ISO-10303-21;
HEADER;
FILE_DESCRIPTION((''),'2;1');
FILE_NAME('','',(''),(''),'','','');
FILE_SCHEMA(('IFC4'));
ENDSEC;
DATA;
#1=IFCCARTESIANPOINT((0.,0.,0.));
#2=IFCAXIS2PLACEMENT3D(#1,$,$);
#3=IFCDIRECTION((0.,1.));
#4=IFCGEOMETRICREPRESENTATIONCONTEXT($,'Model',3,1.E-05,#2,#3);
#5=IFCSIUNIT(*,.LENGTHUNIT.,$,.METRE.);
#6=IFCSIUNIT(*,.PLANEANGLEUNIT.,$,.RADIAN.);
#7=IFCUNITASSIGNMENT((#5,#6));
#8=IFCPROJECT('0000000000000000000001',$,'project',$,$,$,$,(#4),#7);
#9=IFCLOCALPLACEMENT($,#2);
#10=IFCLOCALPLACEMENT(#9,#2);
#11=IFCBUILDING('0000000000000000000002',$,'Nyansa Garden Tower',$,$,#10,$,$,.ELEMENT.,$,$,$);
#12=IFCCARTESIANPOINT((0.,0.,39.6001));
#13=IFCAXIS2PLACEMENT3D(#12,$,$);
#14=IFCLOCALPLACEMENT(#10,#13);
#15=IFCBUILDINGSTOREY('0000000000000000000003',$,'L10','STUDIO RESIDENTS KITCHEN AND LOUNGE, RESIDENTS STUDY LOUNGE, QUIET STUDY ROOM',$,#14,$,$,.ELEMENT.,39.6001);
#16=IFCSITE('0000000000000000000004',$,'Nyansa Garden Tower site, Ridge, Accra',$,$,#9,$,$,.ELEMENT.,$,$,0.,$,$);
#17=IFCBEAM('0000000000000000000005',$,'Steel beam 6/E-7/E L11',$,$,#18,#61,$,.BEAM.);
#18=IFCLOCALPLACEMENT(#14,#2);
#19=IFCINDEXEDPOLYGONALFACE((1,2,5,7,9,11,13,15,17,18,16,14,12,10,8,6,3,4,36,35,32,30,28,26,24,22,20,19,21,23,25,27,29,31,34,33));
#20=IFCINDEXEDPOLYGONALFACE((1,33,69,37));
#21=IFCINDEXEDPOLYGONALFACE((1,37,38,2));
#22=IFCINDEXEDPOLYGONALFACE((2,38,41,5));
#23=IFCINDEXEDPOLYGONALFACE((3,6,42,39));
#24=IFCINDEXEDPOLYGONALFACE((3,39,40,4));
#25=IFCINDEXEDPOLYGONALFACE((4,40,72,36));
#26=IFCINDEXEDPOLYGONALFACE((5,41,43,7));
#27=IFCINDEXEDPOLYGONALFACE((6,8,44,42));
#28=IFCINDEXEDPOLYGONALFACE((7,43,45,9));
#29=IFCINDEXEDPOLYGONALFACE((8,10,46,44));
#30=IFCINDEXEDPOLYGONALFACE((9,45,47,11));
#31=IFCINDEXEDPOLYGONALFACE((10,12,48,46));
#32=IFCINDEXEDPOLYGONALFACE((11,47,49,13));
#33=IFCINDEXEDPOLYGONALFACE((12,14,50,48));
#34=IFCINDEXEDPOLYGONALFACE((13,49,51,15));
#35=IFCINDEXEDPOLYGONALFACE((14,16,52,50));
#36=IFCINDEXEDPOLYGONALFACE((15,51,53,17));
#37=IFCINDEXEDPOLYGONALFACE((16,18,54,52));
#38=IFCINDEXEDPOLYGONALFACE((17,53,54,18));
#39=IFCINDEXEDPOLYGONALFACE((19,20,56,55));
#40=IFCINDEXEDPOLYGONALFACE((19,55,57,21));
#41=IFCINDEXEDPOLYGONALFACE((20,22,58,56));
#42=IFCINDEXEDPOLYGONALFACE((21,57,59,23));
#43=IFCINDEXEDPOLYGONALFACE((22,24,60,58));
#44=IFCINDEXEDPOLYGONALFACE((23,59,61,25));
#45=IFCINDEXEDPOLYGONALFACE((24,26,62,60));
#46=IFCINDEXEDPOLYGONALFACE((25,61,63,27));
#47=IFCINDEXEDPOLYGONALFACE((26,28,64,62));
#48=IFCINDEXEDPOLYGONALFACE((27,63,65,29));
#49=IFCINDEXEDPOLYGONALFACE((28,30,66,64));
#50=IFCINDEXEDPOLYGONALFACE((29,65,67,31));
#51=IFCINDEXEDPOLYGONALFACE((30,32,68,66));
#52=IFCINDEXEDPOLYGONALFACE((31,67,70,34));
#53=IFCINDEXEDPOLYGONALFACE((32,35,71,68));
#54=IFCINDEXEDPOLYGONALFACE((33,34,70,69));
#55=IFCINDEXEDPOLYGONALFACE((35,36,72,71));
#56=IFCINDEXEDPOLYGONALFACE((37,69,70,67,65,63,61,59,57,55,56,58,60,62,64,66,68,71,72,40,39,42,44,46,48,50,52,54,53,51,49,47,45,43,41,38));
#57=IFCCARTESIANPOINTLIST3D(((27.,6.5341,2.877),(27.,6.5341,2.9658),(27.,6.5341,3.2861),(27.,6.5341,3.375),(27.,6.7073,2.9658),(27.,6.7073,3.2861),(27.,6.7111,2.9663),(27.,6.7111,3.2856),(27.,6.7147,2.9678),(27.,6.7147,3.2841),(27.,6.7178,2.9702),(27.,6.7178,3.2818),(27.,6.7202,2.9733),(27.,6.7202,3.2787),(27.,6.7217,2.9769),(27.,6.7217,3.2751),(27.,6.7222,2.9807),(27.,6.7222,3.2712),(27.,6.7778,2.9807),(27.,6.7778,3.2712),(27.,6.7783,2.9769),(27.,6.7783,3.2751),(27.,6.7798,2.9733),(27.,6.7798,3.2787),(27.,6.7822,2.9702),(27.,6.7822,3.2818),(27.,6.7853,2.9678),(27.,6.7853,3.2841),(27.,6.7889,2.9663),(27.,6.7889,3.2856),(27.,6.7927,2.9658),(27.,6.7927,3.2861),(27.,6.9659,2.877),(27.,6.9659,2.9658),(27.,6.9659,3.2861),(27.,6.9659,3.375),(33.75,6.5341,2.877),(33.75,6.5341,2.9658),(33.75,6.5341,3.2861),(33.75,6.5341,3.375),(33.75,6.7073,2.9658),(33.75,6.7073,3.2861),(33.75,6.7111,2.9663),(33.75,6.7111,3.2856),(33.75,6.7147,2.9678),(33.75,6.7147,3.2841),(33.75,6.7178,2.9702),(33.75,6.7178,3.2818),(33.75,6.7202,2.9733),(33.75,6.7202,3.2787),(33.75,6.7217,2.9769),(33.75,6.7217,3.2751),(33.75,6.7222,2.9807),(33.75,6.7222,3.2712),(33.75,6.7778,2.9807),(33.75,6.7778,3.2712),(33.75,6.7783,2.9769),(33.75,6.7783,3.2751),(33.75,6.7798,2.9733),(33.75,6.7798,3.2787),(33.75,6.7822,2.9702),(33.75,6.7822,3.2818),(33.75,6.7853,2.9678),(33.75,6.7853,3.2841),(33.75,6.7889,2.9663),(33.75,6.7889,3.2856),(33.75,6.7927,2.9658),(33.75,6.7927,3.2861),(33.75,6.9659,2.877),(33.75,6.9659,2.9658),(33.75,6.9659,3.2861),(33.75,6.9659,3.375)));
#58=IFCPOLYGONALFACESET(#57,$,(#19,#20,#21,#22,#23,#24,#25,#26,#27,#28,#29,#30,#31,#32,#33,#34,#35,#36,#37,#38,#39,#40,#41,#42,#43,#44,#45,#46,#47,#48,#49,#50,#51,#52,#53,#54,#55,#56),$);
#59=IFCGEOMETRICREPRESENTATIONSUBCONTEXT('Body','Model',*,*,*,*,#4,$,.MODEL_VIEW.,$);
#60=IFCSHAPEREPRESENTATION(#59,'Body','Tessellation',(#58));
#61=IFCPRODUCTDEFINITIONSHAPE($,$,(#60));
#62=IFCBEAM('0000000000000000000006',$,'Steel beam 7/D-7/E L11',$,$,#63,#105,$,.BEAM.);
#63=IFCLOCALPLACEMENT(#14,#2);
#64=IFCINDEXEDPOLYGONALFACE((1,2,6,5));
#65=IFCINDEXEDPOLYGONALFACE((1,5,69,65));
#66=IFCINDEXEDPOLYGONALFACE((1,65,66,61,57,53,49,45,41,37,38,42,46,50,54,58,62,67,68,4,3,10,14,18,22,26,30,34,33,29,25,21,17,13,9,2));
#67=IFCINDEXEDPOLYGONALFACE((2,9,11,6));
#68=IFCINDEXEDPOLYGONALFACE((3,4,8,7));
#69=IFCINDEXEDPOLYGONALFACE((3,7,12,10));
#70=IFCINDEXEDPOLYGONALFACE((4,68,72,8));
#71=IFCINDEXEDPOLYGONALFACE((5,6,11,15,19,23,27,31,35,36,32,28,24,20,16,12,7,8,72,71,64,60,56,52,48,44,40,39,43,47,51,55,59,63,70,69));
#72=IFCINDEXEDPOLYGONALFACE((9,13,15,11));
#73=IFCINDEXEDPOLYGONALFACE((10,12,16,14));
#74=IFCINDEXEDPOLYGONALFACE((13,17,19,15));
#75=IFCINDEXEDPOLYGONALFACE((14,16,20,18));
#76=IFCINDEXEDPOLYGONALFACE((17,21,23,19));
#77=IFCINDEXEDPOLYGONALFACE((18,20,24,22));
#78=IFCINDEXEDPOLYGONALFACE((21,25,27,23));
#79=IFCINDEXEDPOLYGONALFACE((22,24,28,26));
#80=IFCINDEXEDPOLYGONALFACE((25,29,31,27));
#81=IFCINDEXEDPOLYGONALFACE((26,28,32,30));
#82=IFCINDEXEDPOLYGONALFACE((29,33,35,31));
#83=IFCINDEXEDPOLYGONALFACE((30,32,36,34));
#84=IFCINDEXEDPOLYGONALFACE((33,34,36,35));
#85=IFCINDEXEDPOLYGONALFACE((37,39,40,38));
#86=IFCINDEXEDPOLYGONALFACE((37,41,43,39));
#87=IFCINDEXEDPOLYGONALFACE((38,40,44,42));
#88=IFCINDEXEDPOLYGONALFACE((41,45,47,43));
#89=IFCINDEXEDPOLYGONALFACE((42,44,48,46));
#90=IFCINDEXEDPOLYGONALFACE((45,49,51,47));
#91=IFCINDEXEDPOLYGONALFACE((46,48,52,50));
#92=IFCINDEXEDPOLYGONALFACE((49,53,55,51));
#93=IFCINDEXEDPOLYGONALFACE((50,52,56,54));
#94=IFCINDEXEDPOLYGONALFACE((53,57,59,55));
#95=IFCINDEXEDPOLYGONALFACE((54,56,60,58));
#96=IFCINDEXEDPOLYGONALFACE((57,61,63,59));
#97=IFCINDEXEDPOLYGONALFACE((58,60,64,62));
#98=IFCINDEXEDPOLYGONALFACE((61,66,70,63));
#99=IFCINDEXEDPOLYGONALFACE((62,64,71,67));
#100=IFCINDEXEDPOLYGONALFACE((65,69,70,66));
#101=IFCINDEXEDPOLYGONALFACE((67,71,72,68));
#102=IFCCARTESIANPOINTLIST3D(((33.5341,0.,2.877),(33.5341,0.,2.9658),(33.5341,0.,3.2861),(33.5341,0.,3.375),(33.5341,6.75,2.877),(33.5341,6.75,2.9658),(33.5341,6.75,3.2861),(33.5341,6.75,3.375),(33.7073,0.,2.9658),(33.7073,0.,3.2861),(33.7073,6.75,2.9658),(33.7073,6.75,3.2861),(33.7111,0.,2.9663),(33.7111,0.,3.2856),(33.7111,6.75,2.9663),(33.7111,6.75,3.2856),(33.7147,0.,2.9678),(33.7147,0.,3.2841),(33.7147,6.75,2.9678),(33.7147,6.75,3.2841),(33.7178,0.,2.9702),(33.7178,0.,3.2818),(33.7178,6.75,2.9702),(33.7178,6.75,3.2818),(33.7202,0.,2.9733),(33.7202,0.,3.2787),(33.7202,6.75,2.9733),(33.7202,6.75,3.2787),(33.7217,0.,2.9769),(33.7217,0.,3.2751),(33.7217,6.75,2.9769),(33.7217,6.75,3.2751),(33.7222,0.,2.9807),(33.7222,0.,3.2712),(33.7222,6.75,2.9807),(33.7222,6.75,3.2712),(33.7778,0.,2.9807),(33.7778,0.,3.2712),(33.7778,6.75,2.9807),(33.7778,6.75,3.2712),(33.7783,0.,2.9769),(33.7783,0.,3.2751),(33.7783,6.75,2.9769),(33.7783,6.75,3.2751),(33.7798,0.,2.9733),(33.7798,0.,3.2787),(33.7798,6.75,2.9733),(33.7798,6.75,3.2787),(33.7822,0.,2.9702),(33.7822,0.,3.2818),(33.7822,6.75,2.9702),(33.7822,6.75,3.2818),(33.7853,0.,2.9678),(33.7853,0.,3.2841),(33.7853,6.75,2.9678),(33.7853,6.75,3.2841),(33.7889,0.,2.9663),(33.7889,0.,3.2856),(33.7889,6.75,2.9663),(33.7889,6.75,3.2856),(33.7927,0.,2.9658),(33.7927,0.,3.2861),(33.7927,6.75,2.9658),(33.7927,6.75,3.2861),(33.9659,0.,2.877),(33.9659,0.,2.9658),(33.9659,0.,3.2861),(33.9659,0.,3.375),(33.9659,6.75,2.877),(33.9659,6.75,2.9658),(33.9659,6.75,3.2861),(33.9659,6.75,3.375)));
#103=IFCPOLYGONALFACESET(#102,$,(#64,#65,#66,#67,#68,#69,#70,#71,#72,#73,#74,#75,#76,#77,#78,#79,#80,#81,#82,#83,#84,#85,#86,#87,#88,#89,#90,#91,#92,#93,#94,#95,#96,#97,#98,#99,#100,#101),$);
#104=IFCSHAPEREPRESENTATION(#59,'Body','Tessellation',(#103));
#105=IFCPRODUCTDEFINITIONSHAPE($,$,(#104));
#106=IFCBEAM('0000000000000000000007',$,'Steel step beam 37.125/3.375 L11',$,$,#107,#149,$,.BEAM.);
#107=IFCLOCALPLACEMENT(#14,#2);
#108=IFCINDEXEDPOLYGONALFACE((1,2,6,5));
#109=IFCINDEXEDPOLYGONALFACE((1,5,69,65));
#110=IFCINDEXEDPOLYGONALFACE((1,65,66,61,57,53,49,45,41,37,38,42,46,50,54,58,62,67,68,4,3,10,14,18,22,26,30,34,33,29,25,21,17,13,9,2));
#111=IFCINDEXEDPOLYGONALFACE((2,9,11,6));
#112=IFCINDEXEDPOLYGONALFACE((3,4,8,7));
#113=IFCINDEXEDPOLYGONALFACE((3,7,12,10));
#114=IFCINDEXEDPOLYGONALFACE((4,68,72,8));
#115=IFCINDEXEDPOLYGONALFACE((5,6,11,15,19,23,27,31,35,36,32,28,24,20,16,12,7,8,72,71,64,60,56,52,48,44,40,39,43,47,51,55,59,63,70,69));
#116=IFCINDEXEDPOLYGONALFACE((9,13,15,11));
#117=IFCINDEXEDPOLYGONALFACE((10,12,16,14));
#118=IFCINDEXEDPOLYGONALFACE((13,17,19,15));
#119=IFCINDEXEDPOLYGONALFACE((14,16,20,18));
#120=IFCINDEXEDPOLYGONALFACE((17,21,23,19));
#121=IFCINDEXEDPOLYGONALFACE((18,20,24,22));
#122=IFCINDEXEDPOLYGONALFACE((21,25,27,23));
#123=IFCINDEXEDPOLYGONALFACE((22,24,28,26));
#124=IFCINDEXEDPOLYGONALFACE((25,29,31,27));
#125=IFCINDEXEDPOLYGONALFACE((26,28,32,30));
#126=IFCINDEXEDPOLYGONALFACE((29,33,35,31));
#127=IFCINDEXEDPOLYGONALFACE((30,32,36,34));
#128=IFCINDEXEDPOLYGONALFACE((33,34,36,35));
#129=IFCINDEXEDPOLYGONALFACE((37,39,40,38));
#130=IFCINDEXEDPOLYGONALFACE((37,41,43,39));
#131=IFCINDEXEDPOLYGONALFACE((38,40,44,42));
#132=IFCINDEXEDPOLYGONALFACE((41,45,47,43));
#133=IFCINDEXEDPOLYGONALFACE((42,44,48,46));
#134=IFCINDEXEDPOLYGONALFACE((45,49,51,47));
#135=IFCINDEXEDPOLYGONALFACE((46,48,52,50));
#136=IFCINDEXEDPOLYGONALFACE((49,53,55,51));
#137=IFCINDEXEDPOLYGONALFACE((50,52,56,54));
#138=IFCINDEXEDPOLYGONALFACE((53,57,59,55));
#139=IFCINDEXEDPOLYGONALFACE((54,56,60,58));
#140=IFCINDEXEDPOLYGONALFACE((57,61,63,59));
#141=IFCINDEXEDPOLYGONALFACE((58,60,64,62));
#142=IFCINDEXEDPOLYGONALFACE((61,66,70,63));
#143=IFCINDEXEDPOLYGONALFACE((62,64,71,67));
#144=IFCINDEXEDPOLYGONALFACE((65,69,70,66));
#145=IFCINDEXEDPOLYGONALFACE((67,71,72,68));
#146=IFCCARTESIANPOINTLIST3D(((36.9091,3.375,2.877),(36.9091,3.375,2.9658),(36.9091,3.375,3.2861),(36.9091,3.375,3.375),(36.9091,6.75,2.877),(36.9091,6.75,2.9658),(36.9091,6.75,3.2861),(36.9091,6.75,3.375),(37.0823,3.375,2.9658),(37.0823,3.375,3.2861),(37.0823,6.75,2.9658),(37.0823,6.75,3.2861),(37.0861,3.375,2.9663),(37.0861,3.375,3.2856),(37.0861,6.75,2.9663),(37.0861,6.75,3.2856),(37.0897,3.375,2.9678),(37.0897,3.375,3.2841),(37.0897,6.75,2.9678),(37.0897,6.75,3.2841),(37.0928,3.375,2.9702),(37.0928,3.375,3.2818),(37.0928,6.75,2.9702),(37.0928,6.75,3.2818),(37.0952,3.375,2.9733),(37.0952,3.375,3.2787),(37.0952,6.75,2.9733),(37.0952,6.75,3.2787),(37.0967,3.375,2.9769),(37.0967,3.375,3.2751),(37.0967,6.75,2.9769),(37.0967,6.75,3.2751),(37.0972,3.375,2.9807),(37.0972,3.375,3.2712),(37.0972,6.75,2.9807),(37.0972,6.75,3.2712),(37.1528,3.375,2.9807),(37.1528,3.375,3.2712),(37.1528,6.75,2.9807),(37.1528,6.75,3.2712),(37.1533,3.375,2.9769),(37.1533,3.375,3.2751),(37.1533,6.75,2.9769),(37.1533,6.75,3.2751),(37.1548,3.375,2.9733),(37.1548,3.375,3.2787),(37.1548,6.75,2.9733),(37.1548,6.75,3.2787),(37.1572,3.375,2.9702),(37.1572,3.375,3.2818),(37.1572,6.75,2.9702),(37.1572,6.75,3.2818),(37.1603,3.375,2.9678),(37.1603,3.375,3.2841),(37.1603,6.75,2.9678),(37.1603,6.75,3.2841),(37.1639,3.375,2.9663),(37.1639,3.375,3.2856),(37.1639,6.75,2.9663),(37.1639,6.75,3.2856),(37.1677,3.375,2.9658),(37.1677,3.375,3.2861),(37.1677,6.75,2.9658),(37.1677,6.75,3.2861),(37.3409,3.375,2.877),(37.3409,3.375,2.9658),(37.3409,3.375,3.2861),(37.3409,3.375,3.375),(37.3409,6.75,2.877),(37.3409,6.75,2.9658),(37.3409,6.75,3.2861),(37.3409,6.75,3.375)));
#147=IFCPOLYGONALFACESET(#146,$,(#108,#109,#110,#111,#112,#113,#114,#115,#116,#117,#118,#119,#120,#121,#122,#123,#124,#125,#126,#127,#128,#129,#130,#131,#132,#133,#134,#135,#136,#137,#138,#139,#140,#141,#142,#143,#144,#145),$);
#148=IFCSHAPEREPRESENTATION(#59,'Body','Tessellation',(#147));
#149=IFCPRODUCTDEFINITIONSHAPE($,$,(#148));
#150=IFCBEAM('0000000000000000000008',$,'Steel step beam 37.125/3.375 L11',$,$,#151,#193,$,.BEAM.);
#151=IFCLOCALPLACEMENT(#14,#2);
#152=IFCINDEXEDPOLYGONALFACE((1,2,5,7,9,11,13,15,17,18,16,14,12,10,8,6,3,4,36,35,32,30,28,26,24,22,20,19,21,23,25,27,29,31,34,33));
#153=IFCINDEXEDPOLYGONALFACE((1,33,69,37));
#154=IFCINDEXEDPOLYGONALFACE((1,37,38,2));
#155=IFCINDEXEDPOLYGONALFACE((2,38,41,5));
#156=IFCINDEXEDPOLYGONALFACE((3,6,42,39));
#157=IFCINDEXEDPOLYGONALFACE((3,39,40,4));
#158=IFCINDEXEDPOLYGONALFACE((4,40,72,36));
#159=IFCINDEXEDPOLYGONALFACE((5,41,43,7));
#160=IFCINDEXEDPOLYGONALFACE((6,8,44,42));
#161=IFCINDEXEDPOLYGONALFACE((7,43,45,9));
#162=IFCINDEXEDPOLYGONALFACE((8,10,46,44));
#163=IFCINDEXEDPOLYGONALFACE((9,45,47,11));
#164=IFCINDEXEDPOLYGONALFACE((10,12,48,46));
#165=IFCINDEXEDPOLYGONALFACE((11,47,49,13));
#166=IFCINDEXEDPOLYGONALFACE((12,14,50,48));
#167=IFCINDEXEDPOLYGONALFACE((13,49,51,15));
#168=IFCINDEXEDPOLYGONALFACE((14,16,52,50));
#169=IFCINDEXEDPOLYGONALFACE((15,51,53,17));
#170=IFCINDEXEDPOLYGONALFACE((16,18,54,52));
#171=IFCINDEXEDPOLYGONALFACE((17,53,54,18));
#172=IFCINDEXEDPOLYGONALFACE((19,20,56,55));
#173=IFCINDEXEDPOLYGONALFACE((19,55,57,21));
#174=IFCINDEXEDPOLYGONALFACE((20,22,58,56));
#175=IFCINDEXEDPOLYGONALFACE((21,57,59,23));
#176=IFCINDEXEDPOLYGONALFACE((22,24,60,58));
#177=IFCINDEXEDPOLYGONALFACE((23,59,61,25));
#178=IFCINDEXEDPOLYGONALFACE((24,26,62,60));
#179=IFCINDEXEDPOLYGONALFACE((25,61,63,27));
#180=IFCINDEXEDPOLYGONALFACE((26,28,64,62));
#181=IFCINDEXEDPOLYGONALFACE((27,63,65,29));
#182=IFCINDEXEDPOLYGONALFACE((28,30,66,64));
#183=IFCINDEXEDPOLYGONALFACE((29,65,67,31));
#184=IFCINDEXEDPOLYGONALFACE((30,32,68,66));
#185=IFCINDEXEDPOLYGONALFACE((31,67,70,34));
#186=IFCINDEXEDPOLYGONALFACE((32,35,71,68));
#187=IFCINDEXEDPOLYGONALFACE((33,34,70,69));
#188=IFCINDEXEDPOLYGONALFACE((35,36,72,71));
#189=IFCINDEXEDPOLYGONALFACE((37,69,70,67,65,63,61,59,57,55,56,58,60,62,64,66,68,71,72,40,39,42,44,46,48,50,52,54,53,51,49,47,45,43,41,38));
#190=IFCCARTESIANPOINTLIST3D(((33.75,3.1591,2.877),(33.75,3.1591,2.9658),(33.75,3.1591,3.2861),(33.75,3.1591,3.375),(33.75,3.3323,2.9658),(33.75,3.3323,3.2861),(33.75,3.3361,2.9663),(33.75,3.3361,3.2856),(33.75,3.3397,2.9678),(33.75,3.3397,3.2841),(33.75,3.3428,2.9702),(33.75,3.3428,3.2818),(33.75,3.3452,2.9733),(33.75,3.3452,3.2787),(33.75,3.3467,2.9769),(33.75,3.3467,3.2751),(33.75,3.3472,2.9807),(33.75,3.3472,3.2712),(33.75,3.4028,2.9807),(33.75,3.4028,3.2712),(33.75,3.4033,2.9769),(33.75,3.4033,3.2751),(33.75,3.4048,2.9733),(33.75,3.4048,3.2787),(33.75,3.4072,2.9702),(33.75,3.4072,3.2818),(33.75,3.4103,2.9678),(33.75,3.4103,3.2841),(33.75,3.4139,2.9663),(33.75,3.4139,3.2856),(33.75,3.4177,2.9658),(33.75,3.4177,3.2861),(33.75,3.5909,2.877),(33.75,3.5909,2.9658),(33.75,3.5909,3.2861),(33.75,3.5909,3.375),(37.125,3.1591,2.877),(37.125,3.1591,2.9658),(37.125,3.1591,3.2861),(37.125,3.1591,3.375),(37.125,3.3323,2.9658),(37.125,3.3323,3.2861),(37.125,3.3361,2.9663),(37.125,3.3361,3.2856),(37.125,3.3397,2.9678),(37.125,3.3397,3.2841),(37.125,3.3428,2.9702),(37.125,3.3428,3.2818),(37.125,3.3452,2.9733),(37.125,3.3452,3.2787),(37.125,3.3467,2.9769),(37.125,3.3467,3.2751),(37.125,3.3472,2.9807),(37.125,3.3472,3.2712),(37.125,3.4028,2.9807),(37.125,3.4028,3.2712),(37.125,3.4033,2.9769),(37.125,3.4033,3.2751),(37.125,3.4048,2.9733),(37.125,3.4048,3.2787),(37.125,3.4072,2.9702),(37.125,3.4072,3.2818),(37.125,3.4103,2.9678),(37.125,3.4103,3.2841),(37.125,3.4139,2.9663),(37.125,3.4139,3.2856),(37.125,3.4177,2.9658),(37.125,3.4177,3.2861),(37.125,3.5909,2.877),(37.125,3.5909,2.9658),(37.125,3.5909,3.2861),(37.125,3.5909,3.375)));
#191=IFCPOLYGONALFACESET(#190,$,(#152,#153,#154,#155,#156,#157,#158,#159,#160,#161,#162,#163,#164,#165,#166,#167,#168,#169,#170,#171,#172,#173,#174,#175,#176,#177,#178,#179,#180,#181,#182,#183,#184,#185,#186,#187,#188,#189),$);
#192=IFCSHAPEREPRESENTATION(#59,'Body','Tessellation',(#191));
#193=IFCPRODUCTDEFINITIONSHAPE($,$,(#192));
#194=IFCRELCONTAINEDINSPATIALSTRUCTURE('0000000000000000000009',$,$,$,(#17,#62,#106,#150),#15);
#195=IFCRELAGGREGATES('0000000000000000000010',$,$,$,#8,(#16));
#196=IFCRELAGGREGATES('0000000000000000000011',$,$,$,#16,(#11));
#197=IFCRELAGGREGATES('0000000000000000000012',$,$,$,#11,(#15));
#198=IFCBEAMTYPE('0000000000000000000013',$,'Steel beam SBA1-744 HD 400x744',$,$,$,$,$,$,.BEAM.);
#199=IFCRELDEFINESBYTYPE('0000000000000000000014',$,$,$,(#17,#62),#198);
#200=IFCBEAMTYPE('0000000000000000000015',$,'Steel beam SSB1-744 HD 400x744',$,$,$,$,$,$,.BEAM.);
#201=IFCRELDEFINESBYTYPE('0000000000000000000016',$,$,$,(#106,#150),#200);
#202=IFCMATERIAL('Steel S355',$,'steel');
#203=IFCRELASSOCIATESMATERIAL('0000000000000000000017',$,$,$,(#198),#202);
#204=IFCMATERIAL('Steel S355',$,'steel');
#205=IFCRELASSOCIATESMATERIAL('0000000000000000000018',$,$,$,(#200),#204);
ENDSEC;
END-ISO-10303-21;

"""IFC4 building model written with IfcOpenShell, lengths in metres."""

from ifc_helpers import new_model, si_unit, direction, frame, origin, origin_2d, place, context, subcontext, project, spatial, i_section, extrude, material, material_profile, profile_set, type_object, element, save


model = new_model("IFC4")

# Units and contexts
model_context = context("Model", 3, precision=1e-05, world=origin(), true_north=direction((0.0, 1.0)))
body_context = subcontext(model_context, "Body", "Model", "MODEL_VIEW")
ifc_project = project(units=[si_unit("LENGTHUNIT", "METRE"), si_unit("PLANEANGLEUNIT", "RADIAN")], contexts=[model_context])

# Site, building, storey
site_placement = place(None, origin())
site = spatial("IfcSite", under=ifc_project, at=site_placement, Name="Nyansa Garden Tower site, Ridge, Accra", CompositionType="ELEMENT", RefElevation=0.0)
building_placement = place(site_placement, origin())
building = spatial("IfcBuilding", under=site, at=building_placement, Name="Nyansa Garden Tower", CompositionType="ELEMENT")
storey_placement = place(building_placement, frame((0.0, 0.0, 39.6001)))
storey = spatial("IfcBuildingStorey", under=building, at=storey_placement, Name="L10", Description="STUDIO RESIDENTS KITCHEN AND LOUNGE, RESIDENTS STUDY LOUNGE, QUIET STUDY ROOM", CompositionType="ELEMENT", Elevation=39.6001)

# Beams
ifc_material_1 = material(Name="Steel S355", Category="steel")
ifc_material_profile_1 = material_profile(ifc_material_1, i_section(OverallWidth=0.4319, OverallDepth=0.498, WebThickness=0.0557, FlangeThickness=0.0889, FilletRadius=0.0149, at=origin_2d()), Name="HD 400x744")
ifc_profile_set_1 = profile_set([ifc_material_profile_1], Name="Steel S355")
beam_type_1 = type_object("IfcBeamType", Name="Steel beam SBA1-744 HD 400x744", PredefinedType="BEAM", material=ifc_profile_set_1)
for number, where, z_axis, x_axis, name in (
    (1, (27.0, 6.75, 3.126), (1.0, 0.0, 0.0), (0.0, 1.0, 0.0), "Steel beam 6/E-7/E L11"),
    (2, (33.75, 0.0, 3.126), (0.0, 1.0, 0.0), (-1.0, 0.0, 0.0), "Steel beam 7/D-7/E L11"),
):
    element("IfcBeam", number, at=place(storey_placement, frame(where, z_axis=z_axis, x_axis=x_axis)), inside=storey, type_object=beam_type_1, Name=name, PredefinedType="BEAM", context=body_context, shape_type="SweptSolid", body=[
        extrude(i_section(OverallWidth=0.4319, OverallDepth=0.498, WebThickness=0.0557, FlangeThickness=0.0889, FilletRadius=0.0149, at=origin_2d()), origin(), (0.0, 0.0, 1.0), 6.75),
    ])
ifc_material_2 = material(Name="Steel S355", Category="steel")
ifc_material_profile_2 = material_profile(ifc_material_2, i_section(OverallWidth=0.4319, OverallDepth=0.498, WebThickness=0.0557, FlangeThickness=0.0889, FilletRadius=0.0149, at=origin_2d()), Name="HD 400x744")
ifc_profile_set_2 = profile_set([ifc_material_profile_2], Name="Steel S355")
beam_type_2 = type_object("IfcBeamType", Name="Steel beam SSB1-744 HD 400x744", PredefinedType="BEAM", material=ifc_profile_set_2)
for number, where, z_axis, x_axis, name in (
    (3, (37.125, 3.375, 3.126), (0.0, 1.0, 0.0), (-1.0, 0.0, 0.0), "Steel step beam 37.125/3.375 L11"),
    (4, (37.125, 3.375, 3.126), (-1.0, 0.0, 0.0), (0.0, -1.0, 0.0), "Steel step beam 37.125/3.375 L11"),
):
    element("IfcBeam", number, at=place(storey_placement, frame(where, z_axis=z_axis, x_axis=x_axis)), inside=storey, type_object=beam_type_2, Name=name, PredefinedType="BEAM", context=body_context, shape_type="SweptSolid", body=[
        extrude(i_section(OverallWidth=0.4319, OverallDepth=0.498, WebThickness=0.0557, FlangeThickness=0.0889, FilletRadius=0.0149, at=origin_2d()), origin(), (0.0, 0.0, 1.0), 3.375),
    ])

save(model, "model.ifc")
